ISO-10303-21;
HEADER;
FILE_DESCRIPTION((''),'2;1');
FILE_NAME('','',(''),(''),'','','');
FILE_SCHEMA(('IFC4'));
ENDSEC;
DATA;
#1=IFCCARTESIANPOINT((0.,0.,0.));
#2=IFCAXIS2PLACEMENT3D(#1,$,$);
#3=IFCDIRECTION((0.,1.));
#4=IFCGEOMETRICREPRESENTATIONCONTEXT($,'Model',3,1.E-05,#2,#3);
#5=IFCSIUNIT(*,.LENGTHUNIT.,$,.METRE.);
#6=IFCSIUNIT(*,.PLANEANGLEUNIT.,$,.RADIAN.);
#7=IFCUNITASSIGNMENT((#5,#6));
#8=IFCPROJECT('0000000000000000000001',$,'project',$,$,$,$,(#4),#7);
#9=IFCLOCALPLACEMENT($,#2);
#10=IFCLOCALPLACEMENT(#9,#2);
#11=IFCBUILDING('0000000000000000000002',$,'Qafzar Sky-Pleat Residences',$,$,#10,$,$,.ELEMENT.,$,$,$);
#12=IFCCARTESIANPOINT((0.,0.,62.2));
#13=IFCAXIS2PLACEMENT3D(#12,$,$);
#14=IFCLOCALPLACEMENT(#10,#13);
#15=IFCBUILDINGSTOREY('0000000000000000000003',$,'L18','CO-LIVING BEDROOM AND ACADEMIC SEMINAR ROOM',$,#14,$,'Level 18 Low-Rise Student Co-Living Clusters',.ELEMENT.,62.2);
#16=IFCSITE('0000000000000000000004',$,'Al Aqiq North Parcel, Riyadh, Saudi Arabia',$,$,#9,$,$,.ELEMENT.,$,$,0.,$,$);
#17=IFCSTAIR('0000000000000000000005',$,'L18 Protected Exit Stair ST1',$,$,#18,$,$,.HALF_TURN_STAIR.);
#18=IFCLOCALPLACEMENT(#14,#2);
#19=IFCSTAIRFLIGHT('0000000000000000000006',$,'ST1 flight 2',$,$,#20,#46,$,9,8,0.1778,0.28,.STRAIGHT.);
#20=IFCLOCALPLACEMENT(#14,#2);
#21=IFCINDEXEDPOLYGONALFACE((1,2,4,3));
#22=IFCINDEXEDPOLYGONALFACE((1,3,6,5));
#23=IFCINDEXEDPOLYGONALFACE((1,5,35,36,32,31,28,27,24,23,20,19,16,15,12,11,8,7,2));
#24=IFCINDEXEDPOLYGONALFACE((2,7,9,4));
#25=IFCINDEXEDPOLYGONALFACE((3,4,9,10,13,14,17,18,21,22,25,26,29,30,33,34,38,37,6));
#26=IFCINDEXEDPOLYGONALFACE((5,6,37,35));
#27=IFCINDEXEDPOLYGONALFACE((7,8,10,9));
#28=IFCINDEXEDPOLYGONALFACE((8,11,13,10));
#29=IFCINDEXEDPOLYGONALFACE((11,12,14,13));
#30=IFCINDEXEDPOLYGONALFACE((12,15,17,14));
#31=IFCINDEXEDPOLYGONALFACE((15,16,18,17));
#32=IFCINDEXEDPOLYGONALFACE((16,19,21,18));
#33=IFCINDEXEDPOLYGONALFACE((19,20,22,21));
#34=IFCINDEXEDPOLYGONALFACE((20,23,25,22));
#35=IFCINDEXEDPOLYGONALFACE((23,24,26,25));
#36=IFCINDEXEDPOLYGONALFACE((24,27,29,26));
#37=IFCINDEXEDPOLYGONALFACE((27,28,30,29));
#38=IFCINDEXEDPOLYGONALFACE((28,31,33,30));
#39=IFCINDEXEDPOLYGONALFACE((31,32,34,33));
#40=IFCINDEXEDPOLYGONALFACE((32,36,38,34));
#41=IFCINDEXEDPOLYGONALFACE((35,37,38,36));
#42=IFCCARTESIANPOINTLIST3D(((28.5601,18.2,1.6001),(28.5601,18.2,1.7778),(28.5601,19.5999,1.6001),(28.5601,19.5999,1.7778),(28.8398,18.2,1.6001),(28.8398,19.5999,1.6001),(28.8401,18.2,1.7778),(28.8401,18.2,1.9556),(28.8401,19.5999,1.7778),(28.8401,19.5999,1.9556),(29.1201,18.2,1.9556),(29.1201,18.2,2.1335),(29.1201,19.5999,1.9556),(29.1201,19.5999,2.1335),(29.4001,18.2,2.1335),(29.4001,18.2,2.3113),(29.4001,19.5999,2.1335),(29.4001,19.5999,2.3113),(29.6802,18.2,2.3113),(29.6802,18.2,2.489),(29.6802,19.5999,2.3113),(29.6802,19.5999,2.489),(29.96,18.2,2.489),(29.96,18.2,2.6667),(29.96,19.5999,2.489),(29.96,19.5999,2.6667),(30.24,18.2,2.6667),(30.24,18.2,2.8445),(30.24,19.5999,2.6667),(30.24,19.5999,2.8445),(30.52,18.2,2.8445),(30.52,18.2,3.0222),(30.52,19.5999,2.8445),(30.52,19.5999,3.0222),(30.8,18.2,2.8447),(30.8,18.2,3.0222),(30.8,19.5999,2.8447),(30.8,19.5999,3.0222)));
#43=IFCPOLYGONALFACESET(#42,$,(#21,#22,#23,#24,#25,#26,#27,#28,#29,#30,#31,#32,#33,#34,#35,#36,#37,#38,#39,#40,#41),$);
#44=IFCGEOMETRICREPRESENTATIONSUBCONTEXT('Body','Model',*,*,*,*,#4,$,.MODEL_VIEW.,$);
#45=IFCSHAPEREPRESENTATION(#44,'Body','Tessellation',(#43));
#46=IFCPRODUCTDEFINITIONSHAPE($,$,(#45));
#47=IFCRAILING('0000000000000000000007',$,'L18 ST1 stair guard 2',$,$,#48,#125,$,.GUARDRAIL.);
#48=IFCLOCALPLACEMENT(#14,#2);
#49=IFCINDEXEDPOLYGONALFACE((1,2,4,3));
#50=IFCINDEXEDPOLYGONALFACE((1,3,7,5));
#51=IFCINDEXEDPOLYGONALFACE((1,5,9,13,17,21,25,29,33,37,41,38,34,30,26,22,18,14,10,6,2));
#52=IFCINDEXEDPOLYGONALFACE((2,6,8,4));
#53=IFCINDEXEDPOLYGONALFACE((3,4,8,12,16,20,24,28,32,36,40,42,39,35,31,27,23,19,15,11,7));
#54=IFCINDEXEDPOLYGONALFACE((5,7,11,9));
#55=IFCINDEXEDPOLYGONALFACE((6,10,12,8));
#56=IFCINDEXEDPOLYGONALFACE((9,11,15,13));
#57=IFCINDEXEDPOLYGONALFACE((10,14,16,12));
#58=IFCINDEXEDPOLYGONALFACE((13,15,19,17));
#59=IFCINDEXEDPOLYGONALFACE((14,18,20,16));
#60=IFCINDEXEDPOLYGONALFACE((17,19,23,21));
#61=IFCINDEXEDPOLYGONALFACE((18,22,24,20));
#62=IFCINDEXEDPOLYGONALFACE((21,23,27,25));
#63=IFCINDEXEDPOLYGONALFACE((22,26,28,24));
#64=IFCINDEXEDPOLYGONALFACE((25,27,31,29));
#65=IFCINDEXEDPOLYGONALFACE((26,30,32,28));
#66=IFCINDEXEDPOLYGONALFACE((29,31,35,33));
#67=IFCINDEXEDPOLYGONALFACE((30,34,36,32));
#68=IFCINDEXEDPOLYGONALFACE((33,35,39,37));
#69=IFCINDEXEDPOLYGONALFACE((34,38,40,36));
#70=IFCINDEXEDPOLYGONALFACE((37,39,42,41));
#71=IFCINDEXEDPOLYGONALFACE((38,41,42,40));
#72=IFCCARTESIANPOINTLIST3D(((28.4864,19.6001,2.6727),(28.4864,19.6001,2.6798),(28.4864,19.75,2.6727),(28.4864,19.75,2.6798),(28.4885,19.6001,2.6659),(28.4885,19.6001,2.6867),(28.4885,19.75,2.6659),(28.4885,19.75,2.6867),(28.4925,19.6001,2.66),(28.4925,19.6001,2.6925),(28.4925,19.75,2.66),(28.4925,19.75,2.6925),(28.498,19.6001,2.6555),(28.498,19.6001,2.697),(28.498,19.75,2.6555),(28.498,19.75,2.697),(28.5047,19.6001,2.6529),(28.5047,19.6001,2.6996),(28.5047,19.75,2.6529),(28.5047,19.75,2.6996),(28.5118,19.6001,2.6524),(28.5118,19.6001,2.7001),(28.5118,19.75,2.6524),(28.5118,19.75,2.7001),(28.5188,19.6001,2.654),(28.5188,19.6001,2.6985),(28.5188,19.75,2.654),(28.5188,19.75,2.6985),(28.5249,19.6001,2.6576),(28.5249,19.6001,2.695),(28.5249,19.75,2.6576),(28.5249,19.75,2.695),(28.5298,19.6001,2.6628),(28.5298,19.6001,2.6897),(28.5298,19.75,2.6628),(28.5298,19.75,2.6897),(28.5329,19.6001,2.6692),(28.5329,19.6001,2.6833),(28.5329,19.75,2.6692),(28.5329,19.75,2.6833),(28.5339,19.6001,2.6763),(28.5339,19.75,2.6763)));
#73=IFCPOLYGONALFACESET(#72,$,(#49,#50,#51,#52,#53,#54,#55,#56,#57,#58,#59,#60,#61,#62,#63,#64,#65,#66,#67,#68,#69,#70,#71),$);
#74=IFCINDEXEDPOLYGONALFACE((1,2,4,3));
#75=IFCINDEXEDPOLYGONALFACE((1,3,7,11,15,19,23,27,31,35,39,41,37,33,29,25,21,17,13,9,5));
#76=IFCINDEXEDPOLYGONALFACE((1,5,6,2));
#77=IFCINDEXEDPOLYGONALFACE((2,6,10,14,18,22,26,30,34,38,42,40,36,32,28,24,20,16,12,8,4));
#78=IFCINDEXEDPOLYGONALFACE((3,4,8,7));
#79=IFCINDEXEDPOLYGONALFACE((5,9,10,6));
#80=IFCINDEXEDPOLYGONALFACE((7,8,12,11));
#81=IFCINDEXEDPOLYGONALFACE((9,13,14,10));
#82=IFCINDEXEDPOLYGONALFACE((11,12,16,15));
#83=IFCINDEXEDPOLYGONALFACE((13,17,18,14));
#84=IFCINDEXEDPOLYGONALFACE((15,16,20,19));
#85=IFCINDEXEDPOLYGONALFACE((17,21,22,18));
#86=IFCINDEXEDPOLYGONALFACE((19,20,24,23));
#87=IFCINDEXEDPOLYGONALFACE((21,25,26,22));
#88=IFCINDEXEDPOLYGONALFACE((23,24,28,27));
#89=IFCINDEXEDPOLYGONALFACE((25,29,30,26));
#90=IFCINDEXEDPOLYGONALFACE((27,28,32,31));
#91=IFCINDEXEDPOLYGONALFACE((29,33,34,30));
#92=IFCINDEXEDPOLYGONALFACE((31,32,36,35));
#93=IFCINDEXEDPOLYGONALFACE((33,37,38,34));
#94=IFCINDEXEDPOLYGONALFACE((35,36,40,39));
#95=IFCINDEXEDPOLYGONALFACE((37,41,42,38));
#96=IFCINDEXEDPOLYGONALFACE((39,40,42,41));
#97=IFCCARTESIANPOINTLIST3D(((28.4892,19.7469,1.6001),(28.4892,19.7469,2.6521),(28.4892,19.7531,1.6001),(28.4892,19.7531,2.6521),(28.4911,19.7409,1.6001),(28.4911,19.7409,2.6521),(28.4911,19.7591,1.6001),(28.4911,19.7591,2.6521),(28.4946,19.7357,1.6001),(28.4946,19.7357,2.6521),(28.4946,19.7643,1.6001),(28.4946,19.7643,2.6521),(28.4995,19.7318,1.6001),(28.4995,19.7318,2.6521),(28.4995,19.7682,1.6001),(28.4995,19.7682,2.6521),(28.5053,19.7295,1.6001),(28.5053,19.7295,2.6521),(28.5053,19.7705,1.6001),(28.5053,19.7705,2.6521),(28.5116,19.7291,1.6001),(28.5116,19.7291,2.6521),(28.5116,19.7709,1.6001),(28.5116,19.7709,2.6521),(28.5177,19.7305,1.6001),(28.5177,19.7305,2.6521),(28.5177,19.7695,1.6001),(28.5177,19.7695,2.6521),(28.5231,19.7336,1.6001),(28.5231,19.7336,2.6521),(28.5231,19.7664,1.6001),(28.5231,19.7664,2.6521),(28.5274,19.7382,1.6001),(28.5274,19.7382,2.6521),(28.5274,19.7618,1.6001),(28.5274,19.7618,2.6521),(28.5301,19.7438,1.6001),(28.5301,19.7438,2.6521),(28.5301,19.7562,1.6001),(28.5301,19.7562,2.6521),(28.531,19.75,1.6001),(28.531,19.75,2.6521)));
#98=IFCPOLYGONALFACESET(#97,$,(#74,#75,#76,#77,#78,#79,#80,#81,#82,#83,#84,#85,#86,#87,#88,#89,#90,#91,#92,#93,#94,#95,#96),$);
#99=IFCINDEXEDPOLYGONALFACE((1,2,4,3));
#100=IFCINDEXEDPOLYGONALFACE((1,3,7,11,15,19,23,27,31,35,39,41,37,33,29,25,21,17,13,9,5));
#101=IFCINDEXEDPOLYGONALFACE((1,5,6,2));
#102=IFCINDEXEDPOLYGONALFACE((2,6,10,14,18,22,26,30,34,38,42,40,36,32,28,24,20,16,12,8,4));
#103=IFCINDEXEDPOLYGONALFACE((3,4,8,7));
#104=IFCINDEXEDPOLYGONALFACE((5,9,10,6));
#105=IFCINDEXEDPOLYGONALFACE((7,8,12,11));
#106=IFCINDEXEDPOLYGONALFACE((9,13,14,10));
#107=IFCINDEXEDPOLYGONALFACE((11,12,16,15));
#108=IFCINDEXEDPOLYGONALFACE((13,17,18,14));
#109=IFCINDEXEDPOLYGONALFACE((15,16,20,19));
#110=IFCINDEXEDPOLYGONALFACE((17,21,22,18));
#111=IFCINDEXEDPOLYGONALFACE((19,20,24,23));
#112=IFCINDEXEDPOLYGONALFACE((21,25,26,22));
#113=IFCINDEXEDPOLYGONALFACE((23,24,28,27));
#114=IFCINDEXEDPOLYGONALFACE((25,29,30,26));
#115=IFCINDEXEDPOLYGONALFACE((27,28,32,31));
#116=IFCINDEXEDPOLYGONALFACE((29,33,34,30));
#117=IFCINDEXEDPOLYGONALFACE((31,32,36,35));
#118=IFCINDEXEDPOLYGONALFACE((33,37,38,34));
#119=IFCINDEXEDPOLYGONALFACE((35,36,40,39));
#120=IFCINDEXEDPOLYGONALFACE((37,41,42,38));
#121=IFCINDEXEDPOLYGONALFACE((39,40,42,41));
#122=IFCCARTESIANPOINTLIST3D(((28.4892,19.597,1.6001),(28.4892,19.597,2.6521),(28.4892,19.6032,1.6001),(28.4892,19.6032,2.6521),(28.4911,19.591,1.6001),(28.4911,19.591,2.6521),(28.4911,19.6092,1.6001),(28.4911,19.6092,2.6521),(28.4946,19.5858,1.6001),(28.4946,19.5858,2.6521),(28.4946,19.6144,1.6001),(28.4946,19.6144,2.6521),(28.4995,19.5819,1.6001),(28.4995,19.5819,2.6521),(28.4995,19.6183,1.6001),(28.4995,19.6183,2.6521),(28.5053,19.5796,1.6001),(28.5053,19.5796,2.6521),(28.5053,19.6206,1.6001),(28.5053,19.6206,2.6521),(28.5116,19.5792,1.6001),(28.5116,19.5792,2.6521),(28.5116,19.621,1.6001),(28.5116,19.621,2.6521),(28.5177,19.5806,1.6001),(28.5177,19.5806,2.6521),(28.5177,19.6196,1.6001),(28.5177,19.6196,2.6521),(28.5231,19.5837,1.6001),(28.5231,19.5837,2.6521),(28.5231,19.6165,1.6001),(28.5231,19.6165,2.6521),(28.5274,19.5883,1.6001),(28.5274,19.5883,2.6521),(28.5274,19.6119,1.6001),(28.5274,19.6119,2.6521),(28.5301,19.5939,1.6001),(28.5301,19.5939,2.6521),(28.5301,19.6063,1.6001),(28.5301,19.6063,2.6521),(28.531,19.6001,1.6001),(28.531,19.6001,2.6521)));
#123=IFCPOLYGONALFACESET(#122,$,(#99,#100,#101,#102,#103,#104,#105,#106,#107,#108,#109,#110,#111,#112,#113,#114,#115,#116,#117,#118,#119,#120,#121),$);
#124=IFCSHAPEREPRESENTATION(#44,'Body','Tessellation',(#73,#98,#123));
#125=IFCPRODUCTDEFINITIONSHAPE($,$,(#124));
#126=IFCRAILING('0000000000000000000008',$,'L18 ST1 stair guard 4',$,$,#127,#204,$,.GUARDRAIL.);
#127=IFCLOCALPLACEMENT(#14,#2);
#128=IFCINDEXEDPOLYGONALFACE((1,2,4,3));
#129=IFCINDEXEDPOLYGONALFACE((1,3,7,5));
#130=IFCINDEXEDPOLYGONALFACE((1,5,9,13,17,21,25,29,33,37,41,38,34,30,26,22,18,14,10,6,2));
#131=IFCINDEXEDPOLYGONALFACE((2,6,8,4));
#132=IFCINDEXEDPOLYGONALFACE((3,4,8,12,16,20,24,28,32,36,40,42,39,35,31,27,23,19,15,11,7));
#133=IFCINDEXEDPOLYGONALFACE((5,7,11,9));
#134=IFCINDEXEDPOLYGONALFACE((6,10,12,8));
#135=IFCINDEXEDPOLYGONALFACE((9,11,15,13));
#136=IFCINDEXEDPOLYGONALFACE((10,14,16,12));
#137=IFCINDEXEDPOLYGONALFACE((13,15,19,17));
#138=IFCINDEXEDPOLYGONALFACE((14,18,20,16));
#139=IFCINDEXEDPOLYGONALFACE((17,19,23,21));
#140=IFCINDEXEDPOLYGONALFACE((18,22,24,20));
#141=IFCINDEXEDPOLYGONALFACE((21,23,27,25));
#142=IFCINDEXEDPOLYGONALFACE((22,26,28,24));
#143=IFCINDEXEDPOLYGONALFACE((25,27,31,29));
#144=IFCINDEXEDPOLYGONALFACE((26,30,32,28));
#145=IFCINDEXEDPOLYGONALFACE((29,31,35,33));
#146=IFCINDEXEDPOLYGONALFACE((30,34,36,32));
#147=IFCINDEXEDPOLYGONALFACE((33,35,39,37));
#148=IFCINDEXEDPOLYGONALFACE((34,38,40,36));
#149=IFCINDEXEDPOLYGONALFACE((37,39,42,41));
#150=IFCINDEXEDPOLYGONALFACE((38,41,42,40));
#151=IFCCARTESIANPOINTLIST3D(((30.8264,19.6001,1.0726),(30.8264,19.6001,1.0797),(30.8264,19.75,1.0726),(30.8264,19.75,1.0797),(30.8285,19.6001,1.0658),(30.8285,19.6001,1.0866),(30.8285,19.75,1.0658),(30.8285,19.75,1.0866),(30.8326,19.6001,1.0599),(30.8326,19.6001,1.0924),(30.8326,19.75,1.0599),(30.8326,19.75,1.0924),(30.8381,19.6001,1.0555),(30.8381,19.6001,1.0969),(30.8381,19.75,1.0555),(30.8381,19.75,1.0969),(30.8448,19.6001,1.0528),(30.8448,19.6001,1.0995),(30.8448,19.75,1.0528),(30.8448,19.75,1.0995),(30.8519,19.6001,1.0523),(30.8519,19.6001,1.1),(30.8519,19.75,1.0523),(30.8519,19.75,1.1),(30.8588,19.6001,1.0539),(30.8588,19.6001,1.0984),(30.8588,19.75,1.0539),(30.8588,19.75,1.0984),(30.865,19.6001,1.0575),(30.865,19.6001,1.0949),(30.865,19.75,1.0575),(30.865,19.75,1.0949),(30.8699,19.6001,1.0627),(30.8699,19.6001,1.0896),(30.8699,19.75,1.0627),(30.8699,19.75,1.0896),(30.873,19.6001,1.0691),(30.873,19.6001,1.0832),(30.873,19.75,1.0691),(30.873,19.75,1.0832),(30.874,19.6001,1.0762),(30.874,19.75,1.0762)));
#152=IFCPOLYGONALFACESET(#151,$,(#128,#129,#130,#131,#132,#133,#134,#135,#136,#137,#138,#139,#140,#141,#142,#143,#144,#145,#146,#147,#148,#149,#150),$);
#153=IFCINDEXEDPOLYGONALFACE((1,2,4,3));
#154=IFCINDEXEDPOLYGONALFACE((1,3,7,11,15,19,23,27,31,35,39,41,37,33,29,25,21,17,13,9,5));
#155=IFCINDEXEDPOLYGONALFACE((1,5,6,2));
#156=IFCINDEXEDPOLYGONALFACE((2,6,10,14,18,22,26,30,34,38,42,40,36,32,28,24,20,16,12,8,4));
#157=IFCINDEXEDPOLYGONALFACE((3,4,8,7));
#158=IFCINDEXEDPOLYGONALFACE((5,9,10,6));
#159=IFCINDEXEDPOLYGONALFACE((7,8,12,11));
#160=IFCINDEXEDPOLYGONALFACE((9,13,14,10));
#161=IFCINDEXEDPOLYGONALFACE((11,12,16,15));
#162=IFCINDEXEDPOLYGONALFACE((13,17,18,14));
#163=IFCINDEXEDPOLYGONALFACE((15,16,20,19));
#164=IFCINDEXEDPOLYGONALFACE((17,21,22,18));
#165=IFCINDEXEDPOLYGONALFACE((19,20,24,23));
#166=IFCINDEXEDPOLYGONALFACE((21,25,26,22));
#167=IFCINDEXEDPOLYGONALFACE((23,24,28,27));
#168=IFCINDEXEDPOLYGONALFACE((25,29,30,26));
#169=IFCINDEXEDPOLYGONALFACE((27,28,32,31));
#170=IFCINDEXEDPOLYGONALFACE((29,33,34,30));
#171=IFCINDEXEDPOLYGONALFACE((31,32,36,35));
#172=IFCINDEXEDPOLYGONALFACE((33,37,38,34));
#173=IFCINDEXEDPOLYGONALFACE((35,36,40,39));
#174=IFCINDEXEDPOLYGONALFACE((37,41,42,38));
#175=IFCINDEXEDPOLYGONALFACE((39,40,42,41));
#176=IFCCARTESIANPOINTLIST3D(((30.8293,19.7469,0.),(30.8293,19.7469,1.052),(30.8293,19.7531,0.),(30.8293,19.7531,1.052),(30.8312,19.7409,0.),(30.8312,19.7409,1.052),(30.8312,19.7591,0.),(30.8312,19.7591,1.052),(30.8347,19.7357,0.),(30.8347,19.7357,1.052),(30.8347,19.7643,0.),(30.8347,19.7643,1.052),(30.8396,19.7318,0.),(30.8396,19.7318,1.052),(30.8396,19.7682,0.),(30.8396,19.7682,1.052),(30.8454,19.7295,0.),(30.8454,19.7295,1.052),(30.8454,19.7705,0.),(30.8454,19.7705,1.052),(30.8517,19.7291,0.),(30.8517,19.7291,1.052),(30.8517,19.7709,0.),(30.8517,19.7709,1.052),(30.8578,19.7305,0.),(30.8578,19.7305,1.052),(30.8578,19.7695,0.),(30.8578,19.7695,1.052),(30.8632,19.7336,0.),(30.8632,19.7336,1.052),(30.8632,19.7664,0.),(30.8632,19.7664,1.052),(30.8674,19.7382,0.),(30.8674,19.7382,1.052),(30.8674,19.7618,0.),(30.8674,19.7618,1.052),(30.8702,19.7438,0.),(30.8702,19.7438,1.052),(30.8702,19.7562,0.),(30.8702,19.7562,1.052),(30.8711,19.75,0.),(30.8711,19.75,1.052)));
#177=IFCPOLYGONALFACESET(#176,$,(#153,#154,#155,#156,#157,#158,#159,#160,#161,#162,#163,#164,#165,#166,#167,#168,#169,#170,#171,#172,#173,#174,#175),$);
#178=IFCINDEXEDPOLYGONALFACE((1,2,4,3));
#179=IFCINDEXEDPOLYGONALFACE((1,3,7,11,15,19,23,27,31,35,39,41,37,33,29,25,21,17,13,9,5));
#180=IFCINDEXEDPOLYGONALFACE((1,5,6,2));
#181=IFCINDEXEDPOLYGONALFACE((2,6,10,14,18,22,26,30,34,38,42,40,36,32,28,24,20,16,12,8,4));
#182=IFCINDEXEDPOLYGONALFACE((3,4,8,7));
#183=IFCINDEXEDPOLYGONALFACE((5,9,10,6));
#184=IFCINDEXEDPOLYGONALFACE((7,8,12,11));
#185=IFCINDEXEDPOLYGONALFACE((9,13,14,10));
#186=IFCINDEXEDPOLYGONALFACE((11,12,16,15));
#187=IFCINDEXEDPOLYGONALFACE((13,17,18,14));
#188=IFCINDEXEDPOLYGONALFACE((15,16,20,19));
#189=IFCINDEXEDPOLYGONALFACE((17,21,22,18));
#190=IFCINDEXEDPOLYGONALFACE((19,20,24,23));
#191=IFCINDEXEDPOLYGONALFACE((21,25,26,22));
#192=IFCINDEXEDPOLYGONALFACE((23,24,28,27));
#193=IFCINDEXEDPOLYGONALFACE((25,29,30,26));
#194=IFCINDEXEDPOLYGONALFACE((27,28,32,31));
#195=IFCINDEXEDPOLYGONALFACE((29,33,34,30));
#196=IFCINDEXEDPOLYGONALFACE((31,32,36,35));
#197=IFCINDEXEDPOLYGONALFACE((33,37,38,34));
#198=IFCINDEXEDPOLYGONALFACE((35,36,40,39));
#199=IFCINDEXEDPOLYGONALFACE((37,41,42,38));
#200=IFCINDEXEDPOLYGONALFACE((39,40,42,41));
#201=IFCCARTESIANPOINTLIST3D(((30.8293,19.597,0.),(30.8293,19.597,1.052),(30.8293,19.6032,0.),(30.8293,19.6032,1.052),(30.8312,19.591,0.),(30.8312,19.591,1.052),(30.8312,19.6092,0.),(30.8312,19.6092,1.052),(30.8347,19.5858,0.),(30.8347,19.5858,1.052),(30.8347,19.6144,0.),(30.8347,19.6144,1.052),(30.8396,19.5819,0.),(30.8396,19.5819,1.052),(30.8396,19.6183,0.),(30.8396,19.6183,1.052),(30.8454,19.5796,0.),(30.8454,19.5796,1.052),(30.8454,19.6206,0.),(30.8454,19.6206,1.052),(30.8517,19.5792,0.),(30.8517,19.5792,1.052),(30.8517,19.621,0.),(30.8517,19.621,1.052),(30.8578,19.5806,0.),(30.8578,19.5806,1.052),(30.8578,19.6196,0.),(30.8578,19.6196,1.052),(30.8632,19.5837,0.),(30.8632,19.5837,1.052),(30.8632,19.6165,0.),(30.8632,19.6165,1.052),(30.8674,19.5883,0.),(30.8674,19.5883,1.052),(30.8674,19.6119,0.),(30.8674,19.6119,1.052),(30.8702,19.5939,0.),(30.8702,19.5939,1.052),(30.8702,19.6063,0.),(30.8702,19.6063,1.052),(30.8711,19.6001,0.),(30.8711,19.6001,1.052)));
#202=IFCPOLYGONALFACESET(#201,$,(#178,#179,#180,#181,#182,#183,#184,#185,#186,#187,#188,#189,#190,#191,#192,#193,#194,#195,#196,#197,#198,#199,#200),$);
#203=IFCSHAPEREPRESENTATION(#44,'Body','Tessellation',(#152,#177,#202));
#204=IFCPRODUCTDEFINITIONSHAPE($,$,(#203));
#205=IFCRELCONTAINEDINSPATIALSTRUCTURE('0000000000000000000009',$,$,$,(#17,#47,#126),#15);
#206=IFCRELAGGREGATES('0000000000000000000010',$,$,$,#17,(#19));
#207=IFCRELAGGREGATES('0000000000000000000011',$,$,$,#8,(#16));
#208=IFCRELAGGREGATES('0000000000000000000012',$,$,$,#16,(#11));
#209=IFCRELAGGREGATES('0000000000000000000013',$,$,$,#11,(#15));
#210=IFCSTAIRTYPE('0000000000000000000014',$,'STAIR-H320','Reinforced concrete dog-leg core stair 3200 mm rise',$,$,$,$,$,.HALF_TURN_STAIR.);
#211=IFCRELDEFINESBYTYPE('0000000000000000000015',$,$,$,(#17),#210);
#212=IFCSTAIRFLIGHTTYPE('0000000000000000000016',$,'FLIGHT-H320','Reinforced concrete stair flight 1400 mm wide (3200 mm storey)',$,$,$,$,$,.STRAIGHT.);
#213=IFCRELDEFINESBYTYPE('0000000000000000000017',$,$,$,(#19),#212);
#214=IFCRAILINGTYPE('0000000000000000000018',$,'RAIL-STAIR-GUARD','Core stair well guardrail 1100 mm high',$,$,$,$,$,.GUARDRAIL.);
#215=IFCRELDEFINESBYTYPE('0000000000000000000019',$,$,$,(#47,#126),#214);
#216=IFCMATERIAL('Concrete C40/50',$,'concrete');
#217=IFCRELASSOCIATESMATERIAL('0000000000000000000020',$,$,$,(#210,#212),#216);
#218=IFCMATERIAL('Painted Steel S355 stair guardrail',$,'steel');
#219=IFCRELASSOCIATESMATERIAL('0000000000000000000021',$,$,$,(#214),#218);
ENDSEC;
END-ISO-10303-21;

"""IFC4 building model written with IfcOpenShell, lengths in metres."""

from ifc_helpers import new_model, si_unit, direction, frame, origin, origin_2d, place, context, subcontext, project, spatial, polyline, circle, outline, extrude, source, transform, mapped, material, type_object, element, aggregate, save


model = new_model("IFC4")

# Units and contexts
model_context = context("Model", 3, precision=1e-05, world=origin(), true_north=direction((0.0, 1.0)))
body_context = subcontext(model_context, "Body", "Model", "MODEL_VIEW")
ifc_project = project(units=[si_unit("LENGTHUNIT", "METRE"), si_unit("PLANEANGLEUNIT", "RADIAN")], contexts=[model_context])

# Site, building, storey
site_placement = place(None, origin())
site = spatial("IfcSite", under=ifc_project, at=site_placement, Name="Al Aqiq North Parcel, Riyadh, Saudi Arabia", CompositionType="ELEMENT", RefElevation=0.0)
building_placement = place(site_placement, origin())
building = spatial("IfcBuilding", under=site, at=building_placement, Name="Qafzar Sky-Pleat Residences", CompositionType="ELEMENT")
storey_placement = place(building_placement, frame((0.0, 0.0, 62.2)))
storey = spatial("IfcBuildingStorey", under=building, at=storey_placement, Name="L18", Description="CO-LIVING BEDROOM AND ACADEMIC SEMINAR ROOM", LongName="Level 18 Low-Rise Student Co-Living Clusters", CompositionType="ELEMENT", Elevation=62.2)

# Stair, stair flight
ifc_material_1 = material(Name="Concrete C40/50", Category="concrete")
stair_type = type_object("IfcStairType", Name="STAIR-H320", Description="Reinforced concrete dog-leg core stair 3200 mm rise", PredefinedType="HALF_TURN_STAIR", material=ifc_material_1)
stair_placement = place(storey_placement, origin())
stair = element("IfcStair", 1, at=stair_placement, inside=storey, type_object=stair_type, Name="L18 Protected Exit Stair ST1", PredefinedType="HALF_TURN_STAIR")
stair_flight_type = type_object("IfcStairFlightType", Name="FLIGHT-H320", Description="Reinforced concrete stair flight 1400 mm wide (3200 mm storey)", PredefinedType="STRAIGHT", material=ifc_material_1)
shared_shape_1 = source(origin(), body_context, "Body", "SweptSolid", [
    extrude(outline(polyline([(0.0, 0.0), (0.0, 0.1777), (0.28, 0.1777), (0.28, 0.3555), (0.5601, 0.3555), (0.5601, 0.5334), (0.8401, 0.5334), (0.8401, 0.7112), (1.1201, 0.7112), (1.1201, 0.8889), (1.3999, 0.8889), (1.3999, 1.0667), (1.6799, 1.0667), (1.6799, 1.2444), (1.96, 1.2444), (1.96, 1.4221), (2.24, 1.4221), (2.24, 1.6001), (2.24, 1.2446), (0.2798, 0.0), (0.0, 0.0)])), frame((0.0, 0.7, 0.0), z_axis=(0.0, -1.0, 0.0), x_axis=(1.0, 0.0, 0.0)), (0.0, 0.0, 1.0), 1.3999),
])
stair_flight_1_placement = place(storey_placement, frame((28.5601, 18.8999, 1.6001), z_axis=(0.0, 0.0, 1.0), x_axis=(1.0, 0.0, 0.0)))
stair_flight_1 = element("IfcStairFlight", 2, at=stair_flight_1_placement, type_object=stair_flight_type, Name="ST1 flight 2", NumberOfRisers=9, NumberOfTreads=8, PredefinedType="STRAIGHT", RiserHeight=0.1778, TreadLength=0.28, context=body_context, shape_type="MappedRepresentation", body=[
    mapped(shared_shape_1, transform((0.0, 0.0, 0.0), x_axis=(1.0, 0.0, 0.0), y_axis=(0.0, 1.0, 0.0), z_axis=(0.0, 0.0, 1.0), scale=1.0)),
])
aggregate(stair, [stair_flight_1])

# Railings
ifc_material_2 = material(Name="Painted Steel S355 stair guardrail", Category="steel")
railing_type_1 = type_object("IfcRailingType", Name="RAIL-STAIR-GUARD", Description="Core stair well guardrail 1100 mm high", PredefinedType="GUARDRAIL", material=ifc_material_2)
shared_shape_2 = source(origin(), body_context, "Body", "SweptSolid", [
    extrude(circle(Radius=0.0239, at=origin_2d()), frame((0.0, 0.0, 1.0762), z_axis=(0.0, -1.0, 0.0), x_axis=(1.0, 0.0, 0.0)), (0.0, 0.0, 1.0), 0.1499),
    extrude(circle(Radius=0.021, at=origin_2d()), origin(), (0.0, 0.0, 1.0), 1.052),
    extrude(circle(Radius=0.021, at=origin_2d()), frame((0.0, -0.1499, 0.0)), (0.0, 0.0, 1.0), 1.052),
])
for number, where, name in (
    (3, (28.51, 19.75, 1.6001), "L18 ST1 stair guard 2"),
    (4, (30.8501, 19.75, 0.0), "L18 ST1 stair guard 4"),
):
    element("IfcRailing", number, at=place(storey_placement, frame(where)), inside=storey, type_object=railing_type_1, Name=name, PredefinedType="GUARDRAIL", context=body_context, shape_type="MappedRepresentation", body=[
        mapped(shared_shape_2, transform((0.0, 0.0, 0.0), x_axis=(1.0, 0.0, 0.0), y_axis=(0.0, 1.0, 0.0), z_axis=(0.0, 0.0, 1.0), scale=1.0)),
    ])

save(model, "model.ifc")
